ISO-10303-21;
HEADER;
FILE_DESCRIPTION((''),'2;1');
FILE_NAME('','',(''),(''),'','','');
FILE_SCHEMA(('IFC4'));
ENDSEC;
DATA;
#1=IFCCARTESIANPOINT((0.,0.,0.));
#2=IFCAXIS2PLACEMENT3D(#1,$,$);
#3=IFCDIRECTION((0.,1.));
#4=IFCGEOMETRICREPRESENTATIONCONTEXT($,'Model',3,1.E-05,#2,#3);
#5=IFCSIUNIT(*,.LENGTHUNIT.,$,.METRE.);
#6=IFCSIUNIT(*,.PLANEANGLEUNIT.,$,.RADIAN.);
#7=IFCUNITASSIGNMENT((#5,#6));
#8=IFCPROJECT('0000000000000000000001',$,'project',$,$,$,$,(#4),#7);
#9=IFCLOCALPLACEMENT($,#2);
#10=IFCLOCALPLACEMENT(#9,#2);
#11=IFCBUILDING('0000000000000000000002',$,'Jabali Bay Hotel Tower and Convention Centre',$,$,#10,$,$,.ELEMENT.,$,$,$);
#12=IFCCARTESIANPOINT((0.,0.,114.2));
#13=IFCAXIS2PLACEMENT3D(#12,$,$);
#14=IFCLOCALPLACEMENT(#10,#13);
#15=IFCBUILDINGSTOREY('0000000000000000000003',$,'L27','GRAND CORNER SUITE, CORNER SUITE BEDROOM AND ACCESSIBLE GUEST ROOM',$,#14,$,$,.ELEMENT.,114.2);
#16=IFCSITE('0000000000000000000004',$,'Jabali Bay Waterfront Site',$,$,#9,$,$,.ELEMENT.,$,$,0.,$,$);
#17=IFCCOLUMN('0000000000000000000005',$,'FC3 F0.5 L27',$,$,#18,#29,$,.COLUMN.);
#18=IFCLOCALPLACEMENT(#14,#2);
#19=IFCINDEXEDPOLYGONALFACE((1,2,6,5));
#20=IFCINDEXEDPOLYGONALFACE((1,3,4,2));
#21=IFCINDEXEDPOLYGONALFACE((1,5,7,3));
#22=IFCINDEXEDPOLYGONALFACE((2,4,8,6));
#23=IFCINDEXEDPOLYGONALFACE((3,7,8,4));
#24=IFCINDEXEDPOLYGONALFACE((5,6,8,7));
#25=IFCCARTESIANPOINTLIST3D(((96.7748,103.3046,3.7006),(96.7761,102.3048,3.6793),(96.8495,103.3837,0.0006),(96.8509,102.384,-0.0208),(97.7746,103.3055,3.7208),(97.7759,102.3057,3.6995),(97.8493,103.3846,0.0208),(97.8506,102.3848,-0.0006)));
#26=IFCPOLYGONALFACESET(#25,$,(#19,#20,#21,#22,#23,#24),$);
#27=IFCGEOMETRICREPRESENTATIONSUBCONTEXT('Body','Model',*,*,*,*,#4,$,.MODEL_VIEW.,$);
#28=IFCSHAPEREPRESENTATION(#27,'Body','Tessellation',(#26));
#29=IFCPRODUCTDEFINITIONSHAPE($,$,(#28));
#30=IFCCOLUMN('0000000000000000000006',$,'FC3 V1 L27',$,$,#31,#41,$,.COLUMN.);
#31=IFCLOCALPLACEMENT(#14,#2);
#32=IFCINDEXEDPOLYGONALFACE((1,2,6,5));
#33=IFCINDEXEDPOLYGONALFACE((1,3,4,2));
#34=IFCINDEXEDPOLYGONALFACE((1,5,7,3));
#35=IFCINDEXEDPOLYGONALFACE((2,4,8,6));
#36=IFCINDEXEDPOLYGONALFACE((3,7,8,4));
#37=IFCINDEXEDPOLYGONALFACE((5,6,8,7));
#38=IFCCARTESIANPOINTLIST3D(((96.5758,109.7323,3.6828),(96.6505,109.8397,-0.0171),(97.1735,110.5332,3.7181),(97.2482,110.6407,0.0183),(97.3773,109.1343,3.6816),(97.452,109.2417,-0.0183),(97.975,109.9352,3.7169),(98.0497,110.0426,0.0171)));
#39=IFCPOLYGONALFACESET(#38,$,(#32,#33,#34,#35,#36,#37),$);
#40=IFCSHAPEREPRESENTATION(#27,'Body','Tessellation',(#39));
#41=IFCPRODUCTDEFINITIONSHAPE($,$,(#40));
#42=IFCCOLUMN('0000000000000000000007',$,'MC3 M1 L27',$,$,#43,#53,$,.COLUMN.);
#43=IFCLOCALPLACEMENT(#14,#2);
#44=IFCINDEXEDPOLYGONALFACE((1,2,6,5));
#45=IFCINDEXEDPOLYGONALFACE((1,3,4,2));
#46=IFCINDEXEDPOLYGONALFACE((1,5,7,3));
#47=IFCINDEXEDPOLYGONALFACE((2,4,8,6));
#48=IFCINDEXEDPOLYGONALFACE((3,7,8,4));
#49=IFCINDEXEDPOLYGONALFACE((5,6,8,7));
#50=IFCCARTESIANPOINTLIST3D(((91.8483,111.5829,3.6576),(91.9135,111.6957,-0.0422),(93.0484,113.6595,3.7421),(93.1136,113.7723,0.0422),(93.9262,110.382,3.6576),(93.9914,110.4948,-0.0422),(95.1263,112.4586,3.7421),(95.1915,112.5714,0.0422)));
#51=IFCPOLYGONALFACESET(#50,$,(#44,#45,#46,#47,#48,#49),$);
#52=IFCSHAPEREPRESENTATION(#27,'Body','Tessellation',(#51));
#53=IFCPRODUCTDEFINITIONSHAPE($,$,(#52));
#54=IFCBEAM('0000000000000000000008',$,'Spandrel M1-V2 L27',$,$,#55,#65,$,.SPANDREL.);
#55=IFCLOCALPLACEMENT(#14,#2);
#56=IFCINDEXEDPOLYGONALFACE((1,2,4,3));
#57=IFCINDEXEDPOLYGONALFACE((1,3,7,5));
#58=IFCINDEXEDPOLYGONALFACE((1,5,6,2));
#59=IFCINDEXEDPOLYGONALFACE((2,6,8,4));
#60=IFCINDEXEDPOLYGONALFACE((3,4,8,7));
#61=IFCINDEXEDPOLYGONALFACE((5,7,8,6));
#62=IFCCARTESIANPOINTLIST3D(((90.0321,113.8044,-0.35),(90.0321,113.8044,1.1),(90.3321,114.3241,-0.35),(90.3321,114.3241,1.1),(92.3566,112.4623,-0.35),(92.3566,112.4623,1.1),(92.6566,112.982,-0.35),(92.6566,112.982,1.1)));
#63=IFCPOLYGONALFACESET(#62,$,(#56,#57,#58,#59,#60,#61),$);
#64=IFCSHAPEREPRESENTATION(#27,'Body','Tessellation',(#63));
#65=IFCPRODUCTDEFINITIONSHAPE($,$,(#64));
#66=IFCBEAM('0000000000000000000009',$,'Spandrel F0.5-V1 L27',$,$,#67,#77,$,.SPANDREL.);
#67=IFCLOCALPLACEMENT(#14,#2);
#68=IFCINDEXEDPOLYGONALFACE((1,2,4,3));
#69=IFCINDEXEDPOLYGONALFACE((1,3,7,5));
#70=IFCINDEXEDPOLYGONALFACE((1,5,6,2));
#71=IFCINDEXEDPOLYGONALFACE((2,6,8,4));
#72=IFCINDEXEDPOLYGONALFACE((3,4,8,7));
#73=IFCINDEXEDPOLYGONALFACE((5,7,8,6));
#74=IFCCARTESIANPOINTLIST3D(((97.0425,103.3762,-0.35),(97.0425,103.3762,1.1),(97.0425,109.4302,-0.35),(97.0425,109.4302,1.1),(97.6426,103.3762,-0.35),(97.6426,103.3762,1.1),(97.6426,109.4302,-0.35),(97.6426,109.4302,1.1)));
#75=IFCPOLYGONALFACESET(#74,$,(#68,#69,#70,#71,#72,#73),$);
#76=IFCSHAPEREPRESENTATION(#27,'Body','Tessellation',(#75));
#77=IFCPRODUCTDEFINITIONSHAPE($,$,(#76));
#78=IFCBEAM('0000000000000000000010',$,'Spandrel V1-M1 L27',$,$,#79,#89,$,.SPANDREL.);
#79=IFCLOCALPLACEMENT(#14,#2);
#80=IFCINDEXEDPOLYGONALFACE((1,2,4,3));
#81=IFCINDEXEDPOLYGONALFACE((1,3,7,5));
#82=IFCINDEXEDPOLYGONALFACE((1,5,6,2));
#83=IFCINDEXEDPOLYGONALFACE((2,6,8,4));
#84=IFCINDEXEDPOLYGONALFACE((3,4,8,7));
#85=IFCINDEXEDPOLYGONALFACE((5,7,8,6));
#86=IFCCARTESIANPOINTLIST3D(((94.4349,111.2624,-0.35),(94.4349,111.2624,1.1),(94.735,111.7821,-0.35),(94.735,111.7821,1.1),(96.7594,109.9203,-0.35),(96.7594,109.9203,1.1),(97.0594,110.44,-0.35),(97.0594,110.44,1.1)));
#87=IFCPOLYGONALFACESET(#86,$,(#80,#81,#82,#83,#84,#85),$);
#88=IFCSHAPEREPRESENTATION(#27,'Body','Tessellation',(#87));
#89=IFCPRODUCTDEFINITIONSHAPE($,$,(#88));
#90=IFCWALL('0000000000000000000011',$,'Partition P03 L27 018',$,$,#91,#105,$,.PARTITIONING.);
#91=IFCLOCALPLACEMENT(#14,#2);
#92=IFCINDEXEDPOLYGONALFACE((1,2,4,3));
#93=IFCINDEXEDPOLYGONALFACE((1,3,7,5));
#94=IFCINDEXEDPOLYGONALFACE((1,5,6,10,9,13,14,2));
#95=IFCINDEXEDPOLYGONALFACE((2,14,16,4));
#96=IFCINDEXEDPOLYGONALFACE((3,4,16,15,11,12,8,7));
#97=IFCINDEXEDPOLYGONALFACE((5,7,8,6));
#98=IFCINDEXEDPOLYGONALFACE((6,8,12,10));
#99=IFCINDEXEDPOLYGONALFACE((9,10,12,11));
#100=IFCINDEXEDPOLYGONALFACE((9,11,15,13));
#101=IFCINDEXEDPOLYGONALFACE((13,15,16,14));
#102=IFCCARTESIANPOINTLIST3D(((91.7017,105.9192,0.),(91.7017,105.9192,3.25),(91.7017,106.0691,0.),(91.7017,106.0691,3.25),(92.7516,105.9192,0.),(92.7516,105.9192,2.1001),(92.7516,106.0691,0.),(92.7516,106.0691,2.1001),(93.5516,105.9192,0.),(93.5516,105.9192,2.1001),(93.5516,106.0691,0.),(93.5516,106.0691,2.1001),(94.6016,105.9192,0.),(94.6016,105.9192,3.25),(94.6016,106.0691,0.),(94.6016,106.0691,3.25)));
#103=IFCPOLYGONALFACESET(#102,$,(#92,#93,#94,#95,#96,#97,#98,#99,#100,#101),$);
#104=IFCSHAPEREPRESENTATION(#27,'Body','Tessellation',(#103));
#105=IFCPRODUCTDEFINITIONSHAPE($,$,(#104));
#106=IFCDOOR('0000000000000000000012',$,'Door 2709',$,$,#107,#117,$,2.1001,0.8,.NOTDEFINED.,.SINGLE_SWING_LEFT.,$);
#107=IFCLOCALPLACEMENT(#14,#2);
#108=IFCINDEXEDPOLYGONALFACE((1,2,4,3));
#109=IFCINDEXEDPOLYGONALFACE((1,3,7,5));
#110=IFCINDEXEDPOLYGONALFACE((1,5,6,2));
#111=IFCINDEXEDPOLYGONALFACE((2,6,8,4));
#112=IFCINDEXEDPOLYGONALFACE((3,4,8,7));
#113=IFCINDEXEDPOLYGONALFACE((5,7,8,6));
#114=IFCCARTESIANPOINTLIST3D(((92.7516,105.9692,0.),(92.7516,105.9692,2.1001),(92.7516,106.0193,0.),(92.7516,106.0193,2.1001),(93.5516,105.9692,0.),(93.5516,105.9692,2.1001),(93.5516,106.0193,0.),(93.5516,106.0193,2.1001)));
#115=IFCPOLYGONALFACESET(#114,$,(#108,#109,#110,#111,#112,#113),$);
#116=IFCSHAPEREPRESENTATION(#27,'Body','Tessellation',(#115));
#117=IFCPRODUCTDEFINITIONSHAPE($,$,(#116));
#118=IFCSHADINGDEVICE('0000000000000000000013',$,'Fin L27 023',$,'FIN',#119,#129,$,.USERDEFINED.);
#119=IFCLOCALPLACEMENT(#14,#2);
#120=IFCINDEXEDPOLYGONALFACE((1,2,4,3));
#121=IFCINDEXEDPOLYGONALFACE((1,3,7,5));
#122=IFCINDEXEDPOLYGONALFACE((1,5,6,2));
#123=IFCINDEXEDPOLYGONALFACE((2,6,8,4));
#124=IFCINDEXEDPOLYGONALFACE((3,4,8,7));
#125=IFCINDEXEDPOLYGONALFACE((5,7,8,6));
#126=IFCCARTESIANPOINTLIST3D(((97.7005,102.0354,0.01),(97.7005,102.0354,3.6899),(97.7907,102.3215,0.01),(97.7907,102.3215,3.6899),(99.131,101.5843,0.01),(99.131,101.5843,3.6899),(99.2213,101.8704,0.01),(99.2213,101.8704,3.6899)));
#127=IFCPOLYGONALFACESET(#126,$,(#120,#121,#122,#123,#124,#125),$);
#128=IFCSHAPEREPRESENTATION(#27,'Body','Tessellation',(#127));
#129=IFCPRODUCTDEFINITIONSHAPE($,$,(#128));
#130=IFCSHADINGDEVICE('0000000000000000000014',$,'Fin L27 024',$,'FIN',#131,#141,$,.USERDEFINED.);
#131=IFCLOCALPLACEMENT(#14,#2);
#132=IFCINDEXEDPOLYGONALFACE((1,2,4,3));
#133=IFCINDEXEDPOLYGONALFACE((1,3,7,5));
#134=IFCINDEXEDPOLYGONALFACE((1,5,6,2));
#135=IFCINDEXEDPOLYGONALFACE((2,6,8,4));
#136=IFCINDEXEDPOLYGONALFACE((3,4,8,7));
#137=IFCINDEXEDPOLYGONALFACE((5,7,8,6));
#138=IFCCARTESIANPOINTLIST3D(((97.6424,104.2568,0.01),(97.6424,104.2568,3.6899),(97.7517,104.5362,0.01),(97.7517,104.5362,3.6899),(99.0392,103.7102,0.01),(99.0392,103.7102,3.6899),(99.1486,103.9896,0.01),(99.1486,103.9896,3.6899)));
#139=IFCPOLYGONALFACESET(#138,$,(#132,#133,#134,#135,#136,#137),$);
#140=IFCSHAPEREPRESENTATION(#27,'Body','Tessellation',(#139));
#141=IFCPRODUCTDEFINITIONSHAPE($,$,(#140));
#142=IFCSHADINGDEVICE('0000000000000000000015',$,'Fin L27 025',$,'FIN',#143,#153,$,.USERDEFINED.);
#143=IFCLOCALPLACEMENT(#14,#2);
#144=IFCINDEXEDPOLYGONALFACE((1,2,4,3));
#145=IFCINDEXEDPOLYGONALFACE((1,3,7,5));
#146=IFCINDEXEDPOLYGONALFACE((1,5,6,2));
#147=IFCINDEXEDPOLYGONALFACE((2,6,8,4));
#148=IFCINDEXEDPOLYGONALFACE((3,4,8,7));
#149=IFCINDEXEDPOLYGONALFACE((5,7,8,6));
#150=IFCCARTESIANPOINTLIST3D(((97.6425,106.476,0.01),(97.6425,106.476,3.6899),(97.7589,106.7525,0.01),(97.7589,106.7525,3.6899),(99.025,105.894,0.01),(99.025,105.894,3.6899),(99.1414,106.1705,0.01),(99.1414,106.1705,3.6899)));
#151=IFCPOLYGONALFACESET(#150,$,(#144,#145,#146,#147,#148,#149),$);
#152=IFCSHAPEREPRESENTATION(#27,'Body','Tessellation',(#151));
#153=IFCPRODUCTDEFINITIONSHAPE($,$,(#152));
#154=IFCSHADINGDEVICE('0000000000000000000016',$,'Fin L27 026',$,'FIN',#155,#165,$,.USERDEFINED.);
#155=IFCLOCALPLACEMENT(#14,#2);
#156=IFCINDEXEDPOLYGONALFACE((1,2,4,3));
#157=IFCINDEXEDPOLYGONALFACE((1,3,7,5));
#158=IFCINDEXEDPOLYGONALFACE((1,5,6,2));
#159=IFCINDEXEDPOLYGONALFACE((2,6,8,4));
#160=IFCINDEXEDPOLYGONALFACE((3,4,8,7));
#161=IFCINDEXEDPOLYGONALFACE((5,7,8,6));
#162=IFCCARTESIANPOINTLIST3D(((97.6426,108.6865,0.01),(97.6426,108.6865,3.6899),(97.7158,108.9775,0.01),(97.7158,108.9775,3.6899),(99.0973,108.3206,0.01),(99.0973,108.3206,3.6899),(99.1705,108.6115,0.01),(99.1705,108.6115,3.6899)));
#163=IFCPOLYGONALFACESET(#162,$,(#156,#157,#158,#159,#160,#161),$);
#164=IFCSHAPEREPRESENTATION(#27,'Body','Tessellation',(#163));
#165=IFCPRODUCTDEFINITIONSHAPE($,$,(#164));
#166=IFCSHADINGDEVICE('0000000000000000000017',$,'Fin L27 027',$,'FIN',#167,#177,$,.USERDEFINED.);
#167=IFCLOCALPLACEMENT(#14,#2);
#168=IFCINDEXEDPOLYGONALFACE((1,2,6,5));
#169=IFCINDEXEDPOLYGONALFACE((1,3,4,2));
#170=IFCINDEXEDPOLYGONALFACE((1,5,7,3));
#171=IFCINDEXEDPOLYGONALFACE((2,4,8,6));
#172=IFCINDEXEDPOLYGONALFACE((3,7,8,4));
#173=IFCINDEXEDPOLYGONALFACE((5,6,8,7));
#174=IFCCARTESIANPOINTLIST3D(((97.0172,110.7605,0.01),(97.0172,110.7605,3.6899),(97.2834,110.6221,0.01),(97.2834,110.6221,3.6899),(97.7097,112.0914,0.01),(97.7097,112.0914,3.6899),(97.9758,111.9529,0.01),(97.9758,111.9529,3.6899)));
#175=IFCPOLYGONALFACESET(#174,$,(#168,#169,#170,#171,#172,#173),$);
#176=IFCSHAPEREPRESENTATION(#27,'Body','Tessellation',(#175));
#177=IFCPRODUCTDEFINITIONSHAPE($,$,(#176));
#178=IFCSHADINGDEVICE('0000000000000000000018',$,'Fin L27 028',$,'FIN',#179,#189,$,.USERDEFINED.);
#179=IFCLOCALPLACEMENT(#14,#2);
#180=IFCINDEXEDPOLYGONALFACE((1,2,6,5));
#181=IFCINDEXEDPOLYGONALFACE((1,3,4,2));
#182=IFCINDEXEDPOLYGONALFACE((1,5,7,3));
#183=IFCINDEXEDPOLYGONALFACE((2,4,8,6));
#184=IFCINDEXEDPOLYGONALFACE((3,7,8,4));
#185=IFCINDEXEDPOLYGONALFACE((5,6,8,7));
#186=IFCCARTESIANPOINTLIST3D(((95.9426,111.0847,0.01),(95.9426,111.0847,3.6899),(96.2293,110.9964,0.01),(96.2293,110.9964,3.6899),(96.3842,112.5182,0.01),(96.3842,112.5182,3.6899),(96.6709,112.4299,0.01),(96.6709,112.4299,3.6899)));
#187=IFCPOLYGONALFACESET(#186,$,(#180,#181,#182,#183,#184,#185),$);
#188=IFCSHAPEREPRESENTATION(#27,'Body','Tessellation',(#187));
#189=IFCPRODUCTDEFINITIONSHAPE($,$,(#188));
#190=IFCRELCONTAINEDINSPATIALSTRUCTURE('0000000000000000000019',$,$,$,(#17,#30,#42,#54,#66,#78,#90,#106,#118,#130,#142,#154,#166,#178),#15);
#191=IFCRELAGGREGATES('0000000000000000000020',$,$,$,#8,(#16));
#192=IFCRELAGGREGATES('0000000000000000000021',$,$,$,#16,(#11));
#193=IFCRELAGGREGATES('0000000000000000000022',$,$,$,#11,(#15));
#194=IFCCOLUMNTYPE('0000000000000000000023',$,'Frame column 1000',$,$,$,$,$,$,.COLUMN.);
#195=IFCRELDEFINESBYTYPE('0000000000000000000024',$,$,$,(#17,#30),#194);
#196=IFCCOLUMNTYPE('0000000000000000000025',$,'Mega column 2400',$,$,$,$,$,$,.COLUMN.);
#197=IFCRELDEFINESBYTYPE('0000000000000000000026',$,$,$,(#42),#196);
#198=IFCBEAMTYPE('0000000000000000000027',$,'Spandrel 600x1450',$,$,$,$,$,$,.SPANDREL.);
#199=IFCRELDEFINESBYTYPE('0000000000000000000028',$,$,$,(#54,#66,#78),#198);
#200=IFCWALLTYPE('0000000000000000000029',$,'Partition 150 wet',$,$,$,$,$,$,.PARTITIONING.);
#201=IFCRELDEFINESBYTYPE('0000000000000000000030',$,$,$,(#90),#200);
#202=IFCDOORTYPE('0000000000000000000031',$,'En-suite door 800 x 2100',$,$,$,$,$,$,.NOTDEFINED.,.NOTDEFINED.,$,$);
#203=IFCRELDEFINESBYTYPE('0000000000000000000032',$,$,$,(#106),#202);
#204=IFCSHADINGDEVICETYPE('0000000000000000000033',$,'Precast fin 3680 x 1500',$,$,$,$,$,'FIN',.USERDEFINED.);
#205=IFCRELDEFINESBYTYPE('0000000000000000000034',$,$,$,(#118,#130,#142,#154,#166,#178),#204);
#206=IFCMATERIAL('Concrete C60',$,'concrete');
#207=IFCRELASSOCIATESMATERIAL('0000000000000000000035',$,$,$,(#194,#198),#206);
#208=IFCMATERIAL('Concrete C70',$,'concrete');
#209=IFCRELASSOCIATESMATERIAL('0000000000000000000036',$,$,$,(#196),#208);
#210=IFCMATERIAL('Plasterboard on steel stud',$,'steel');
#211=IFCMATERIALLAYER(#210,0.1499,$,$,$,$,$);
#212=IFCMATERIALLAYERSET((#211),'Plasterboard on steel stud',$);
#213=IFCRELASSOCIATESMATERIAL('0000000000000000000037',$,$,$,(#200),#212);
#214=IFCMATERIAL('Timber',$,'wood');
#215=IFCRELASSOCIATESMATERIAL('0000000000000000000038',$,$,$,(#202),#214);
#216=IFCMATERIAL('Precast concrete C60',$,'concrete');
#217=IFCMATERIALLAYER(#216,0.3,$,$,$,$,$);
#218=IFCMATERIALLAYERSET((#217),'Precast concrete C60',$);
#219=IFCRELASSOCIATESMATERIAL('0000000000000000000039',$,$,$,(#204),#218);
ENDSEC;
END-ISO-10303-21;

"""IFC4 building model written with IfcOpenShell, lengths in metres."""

from ifc_helpers import new_model, si_unit, direction, frame, frame_2d, origin, origin_2d, place, context, subcontext, project, spatial, rectangle, extrude, material, layer, layer_set, material_profile, profile_set, type_object, element, fill, save


model = new_model("IFC4")

# Units and contexts
model_context = context("Model", 3, precision=1e-05, world=origin(), true_north=direction((0.0, 1.0)))
body_context = subcontext(model_context, "Body", "Model", "MODEL_VIEW")
ifc_project = project(units=[si_unit("LENGTHUNIT", "METRE"), si_unit("PLANEANGLEUNIT", "RADIAN")], contexts=[model_context])

# Site, building, storey
site_placement = place(None, origin())
site = spatial("IfcSite", under=ifc_project, at=site_placement, Name="Jabali Bay Waterfront Site", CompositionType="ELEMENT", RefElevation=0.0)
building_placement = place(site_placement, origin())
building = spatial("IfcBuilding", under=site, at=building_placement, Name="Jabali Bay Hotel Tower and Convention Centre", CompositionType="ELEMENT")
storey_placement = place(building_placement, frame((0.0, 0.0, 114.2)))
storey = spatial("IfcBuildingStorey", under=building, at=storey_placement, Name="L27", Description="GRAND CORNER SUITE, CORNER SUITE BEDROOM AND ACCESSIBLE GUEST ROOM", CompositionType="ELEMENT", Elevation=114.2)

# Columns
ifc_material_1 = material(Name="Concrete C60", Category="concrete")
ifc_material_profile_1 = material_profile(ifc_material_1, rectangle(XDim=1.0, YDim=1.0, at=origin_2d()), Name="Frame column 1000")
ifc_profile_set_1 = profile_set([ifc_material_profile_1], Name="Concrete C60")
column_type_1 = type_object("IfcColumnType", Name="Frame column 1000", PredefinedType="COLUMN", material=ifc_profile_set_1)
column_1_placement = place(storey_placement, frame((97.3501, 102.8843, 0.0), z_axis=(-0.020183, -0.02137, 0.999568), x_axis=(0.999795, 0.000878, 0.020206)))
element("IfcColumn", 1, at=column_1_placement, inside=storey, type_object=column_type_1, Name="FC3 F0.5 L27", PredefinedType="COLUMN", context=body_context, shape_type="SweptSolid", body=[
    extrude(rectangle(XDim=1.0, YDim=1.0, at=origin_2d()), origin(), (0.0, 0.0, 1.0), 3.7017),
])
column_2_placement = place(storey_placement, frame((97.3501, 109.9412, 0.0), z_axis=(-0.020179, -0.029015, 0.999375), x_axis=(0.597708, 0.800935, 0.035322)))
element("IfcColumn", 2, at=column_2_placement, inside=storey, type_object=column_type_1, Name="FC3 V1 L27", PredefinedType="COLUMN", context=body_context, shape_type="SweptSolid", body=[
    extrude(rectangle(XDim=1.0, YDim=1.0, at=origin_2d()), origin(), (0.0, 0.0, 1.0), 3.7021),
])
ifc_material_2 = material(Name="Concrete C70", Category="concrete")
ifc_material_profile_2 = material_profile(ifc_material_2, rectangle(XDim=2.3999, YDim=2.3999, at=origin_2d()), Name="Mega column 2400")
ifc_profile_set_2 = profile_set([ifc_material_profile_2], Name="Concrete C70")
column_type_2 = type_object("IfcColumnType", Name="Mega column 2400", PredefinedType="COLUMN", material=ifc_profile_set_2)
column_3_placement = place(storey_placement, frame((93.5525, 112.1335, 0.0), z_axis=(-0.017607, -0.030466, 0.999381), x_axis=(0.500065, 0.865273, 0.035188)))
element("IfcColumn", 3, at=column_3_placement, inside=storey, type_object=column_type_2, Name="MC3 M1 L27", PredefinedType="COLUMN", context=body_context, shape_type="SweptSolid", body=[
    extrude(rectangle(XDim=2.3999, YDim=2.3999, at=origin_2d()), origin(), (0.0, 0.0, 1.0), 3.7021),
])

# Beams
ifc_material_profile_3 = material_profile(ifc_material_1, rectangle(XDim=0.6001, YDim=1.45, at=origin_2d()), Name="Spandrel 600x1450")
ifc_profile_set_3 = profile_set([ifc_material_profile_3], Name="Concrete C60")
beam_type = type_object("IfcBeamType", Name="Spandrel 600x1450", PredefinedType="SPANDREL", material=ifc_profile_set_3)
beam_1_placement = place(storey_placement, frame((92.5066, 112.7222, 0.375), z_axis=(-0.866024, 0.500003, 0.0), x_axis=(-0.500003, -0.866024, 0.0)))
element("IfcBeam", 4, at=beam_1_placement, inside=storey, type_object=beam_type, Name="Spandrel M1-V2 L27", PredefinedType="SPANDREL", context=body_context, shape_type="SweptSolid", body=[
    extrude(rectangle(XDim=0.6001, YDim=1.45, at=origin_2d()), origin(), (0.0, 0.0, 1.0), 2.6841),
])
beam_2_placement = place(storey_placement, frame((97.3425, 103.3762, 0.375), z_axis=(0.0, 1.0, 0.0), x_axis=(-1.0, 0.0, 0.0)))
element("IfcBeam", 5, at=beam_2_placement, inside=storey, type_object=beam_type, Name="Spandrel F0.5-V1 L27", PredefinedType="SPANDREL", context=body_context, shape_type="SweptSolid", body=[
    extrude(rectangle(XDim=0.6001, YDim=1.45, at=origin_2d()), origin(), (0.0, 0.0, 1.0), 6.054),
])
beam_3_placement = place(storey_placement, frame((96.9094, 110.1802, 0.375), z_axis=(-0.866024, 0.500003, 0.0), x_axis=(-0.500003, -0.866024, 0.0)))
element("IfcBeam", 6, at=beam_3_placement, inside=storey, type_object=beam_type, Name="Spandrel V1-M1 L27", PredefinedType="SPANDREL", context=body_context, shape_type="SweptSolid", body=[
    extrude(rectangle(XDim=0.6001, YDim=1.45, at=origin_2d()), origin(), (0.0, 0.0, 1.0), 2.6841),
])

# Wall, opening, door
ifc_material_3 = material(Name="Plasterboard on steel stud", Category="steel")
ifc_layer_1 = layer(ifc_material_3, 0.1499)
ifc_layer_set_1 = layer_set([ifc_layer_1], Name="Plasterboard on steel stud")
wall_type_1 = type_object("IfcWallType", Name="Partition 150 wet", PredefinedType="PARTITIONING", material=ifc_layer_set_1)
wall_1_placement = place(storey_placement, frame((94.6016, 105.9941, 0.0), z_axis=(0.0, 0.0, 1.0), x_axis=(-1.0, 0.0, 0.0)))
wall_1 = element("IfcWall", 7, at=wall_1_placement, inside=storey, type_object=wall_type_1, Name="Partition P03 L27 018", PredefinedType="PARTITIONING", context=body_context, shape_type="SweptSolid", body=[
    extrude(rectangle(XDim=2.8999, YDim=0.1499, at=frame_2d((1.45, 0.0))), origin(), (0.0, 0.0, 1.0), 3.25),
])
opening_1_placement = place(wall_1_placement, frame((1.05, 0.0, 0.0)))
opening_1 = element("IfcOpeningElement", 8, at=opening_1_placement, cuts=wall_1, PredefinedType="OPENING", context=body_context, shape_type="SweptSolid", body=[
    extrude(rectangle(XDim=0.8, YDim=2.1001, at=frame_2d((0.3999, 1.05))), frame((0.0, 0.0854, 0.0), z_axis=(0.0, -1.0, 0.0), x_axis=(1.0, 0.0, 0.0)), (0.0, 0.0, 1.0), 0.1709),
])
ifc_material_4 = material(Name="Timber", Category="wood")
door_type_1 = type_object("IfcDoorType", Name="En-suite door 800 x 2100", OperationType="NOTDEFINED", PredefinedType="NOTDEFINED", material=ifc_material_4)
door_1_placement = place(opening_1_placement, origin())
door_1 = element("IfcDoor", 9, at=door_1_placement, inside=storey, type_object=door_type_1, Name="Door 2709", OperationType="SINGLE_SWING_LEFT", OverallHeight=2.1001, OverallWidth=0.8, PredefinedType="NOTDEFINED", context=body_context, shape_type="SweptSolid", body=[
    extrude(rectangle(XDim=0.8, YDim=2.1001, at=frame_2d((0.3999, 1.05))), frame((0.0, 0.0249, 0.0), z_axis=(0.0, -1.0, 0.0), x_axis=(1.0, 0.0, 0.0)), (0.0, 0.0, 1.0), 0.05),
])
fill(opening_1, door_1)

# Shading devices
ifc_material_5 = material(Name="Precast concrete C60", Category="concrete")
ifc_layer_2 = layer(ifc_material_5, 0.3)
ifc_layer_set_2 = layer_set([ifc_layer_2], Name="Precast concrete C60")
shading_device_type = type_object("IfcShadingDeviceType", Name="Precast fin 3680 x 1500", ElementType="FIN", PredefinedType="USERDEFINED", material=ifc_layer_set_2)
for number, where, z_axis, x_axis, name in (
    (10, (97.7456, 102.1785, 0.01), (0.0, 0.0, 1.0), (0.953701, -0.300757, 0.0), "Fin L27 023"),
    (11, (97.697, 104.3965, 0.01), (0.0, 0.0, 1.0), (0.931245, -0.364393, 0.0), "Fin L27 024"),
    (12, (97.7007, 106.6143, 0.01), (0.0, 0.0, 1.0), (0.92166, -0.387999, 0.0), "Fin L27 025"),
    (13, (97.6792, 108.832, 0.01), (0.0, 0.0, 1.0), (0.969778, -0.243991, 0.0), "Fin L27 026"),
):
    element("IfcShadingDevice", number, at=place(storey_placement, frame(where, z_axis=z_axis, x_axis=x_axis)), inside=storey, type_object=shading_device_type, Name=name, ObjectType="FIN", PredefinedType="USERDEFINED", context=body_context, shape_type="SweptSolid", body=[
        extrude(rectangle(XDim=1.5, YDim=0.3, at=frame_2d((0.75, 0.0))), origin(), (0.0, 0.0, 1.0), 3.6799),
    ])
shading_device_1_placement = place(storey_placement, frame((97.1504, 110.6914, 0.01), z_axis=(0.0, 0.0, 1.0), x_axis=(0.461542, 0.887118, 0.0)))
element("IfcShadingDevice", 14, at=shading_device_1_placement, inside=storey, type_object=shading_device_type, Name="Fin L27 027", ObjectType="FIN", PredefinedType="USERDEFINED", context=body_context, shape_type="SweptSolid", body=[
    extrude(rectangle(XDim=1.5002, YDim=0.3, at=frame_2d((0.75, 0.0))), origin(), (0.0, 0.0, 1.0), 3.6799),
])
for number, where, z_axis, x_axis, name in (
    (15, (96.0859, 111.0405, 0.01), (0.0, 0.0, 1.0), (0.294417, 0.955677, 0.0), "Fin L27 028"),
):
    element("IfcShadingDevice", number, at=place(storey_placement, frame(where, z_axis=z_axis, x_axis=x_axis)), inside=storey, type_object=shading_device_type, Name=name, ObjectType="FIN", PredefinedType="USERDEFINED", context=body_context, shape_type="SweptSolid", body=[
        extrude(rectangle(XDim=1.5, YDim=0.3, at=frame_2d((0.75, 0.0))), origin(), (0.0, 0.0, 1.0), 3.6799),
    ])

save(model, "model.ifc")
